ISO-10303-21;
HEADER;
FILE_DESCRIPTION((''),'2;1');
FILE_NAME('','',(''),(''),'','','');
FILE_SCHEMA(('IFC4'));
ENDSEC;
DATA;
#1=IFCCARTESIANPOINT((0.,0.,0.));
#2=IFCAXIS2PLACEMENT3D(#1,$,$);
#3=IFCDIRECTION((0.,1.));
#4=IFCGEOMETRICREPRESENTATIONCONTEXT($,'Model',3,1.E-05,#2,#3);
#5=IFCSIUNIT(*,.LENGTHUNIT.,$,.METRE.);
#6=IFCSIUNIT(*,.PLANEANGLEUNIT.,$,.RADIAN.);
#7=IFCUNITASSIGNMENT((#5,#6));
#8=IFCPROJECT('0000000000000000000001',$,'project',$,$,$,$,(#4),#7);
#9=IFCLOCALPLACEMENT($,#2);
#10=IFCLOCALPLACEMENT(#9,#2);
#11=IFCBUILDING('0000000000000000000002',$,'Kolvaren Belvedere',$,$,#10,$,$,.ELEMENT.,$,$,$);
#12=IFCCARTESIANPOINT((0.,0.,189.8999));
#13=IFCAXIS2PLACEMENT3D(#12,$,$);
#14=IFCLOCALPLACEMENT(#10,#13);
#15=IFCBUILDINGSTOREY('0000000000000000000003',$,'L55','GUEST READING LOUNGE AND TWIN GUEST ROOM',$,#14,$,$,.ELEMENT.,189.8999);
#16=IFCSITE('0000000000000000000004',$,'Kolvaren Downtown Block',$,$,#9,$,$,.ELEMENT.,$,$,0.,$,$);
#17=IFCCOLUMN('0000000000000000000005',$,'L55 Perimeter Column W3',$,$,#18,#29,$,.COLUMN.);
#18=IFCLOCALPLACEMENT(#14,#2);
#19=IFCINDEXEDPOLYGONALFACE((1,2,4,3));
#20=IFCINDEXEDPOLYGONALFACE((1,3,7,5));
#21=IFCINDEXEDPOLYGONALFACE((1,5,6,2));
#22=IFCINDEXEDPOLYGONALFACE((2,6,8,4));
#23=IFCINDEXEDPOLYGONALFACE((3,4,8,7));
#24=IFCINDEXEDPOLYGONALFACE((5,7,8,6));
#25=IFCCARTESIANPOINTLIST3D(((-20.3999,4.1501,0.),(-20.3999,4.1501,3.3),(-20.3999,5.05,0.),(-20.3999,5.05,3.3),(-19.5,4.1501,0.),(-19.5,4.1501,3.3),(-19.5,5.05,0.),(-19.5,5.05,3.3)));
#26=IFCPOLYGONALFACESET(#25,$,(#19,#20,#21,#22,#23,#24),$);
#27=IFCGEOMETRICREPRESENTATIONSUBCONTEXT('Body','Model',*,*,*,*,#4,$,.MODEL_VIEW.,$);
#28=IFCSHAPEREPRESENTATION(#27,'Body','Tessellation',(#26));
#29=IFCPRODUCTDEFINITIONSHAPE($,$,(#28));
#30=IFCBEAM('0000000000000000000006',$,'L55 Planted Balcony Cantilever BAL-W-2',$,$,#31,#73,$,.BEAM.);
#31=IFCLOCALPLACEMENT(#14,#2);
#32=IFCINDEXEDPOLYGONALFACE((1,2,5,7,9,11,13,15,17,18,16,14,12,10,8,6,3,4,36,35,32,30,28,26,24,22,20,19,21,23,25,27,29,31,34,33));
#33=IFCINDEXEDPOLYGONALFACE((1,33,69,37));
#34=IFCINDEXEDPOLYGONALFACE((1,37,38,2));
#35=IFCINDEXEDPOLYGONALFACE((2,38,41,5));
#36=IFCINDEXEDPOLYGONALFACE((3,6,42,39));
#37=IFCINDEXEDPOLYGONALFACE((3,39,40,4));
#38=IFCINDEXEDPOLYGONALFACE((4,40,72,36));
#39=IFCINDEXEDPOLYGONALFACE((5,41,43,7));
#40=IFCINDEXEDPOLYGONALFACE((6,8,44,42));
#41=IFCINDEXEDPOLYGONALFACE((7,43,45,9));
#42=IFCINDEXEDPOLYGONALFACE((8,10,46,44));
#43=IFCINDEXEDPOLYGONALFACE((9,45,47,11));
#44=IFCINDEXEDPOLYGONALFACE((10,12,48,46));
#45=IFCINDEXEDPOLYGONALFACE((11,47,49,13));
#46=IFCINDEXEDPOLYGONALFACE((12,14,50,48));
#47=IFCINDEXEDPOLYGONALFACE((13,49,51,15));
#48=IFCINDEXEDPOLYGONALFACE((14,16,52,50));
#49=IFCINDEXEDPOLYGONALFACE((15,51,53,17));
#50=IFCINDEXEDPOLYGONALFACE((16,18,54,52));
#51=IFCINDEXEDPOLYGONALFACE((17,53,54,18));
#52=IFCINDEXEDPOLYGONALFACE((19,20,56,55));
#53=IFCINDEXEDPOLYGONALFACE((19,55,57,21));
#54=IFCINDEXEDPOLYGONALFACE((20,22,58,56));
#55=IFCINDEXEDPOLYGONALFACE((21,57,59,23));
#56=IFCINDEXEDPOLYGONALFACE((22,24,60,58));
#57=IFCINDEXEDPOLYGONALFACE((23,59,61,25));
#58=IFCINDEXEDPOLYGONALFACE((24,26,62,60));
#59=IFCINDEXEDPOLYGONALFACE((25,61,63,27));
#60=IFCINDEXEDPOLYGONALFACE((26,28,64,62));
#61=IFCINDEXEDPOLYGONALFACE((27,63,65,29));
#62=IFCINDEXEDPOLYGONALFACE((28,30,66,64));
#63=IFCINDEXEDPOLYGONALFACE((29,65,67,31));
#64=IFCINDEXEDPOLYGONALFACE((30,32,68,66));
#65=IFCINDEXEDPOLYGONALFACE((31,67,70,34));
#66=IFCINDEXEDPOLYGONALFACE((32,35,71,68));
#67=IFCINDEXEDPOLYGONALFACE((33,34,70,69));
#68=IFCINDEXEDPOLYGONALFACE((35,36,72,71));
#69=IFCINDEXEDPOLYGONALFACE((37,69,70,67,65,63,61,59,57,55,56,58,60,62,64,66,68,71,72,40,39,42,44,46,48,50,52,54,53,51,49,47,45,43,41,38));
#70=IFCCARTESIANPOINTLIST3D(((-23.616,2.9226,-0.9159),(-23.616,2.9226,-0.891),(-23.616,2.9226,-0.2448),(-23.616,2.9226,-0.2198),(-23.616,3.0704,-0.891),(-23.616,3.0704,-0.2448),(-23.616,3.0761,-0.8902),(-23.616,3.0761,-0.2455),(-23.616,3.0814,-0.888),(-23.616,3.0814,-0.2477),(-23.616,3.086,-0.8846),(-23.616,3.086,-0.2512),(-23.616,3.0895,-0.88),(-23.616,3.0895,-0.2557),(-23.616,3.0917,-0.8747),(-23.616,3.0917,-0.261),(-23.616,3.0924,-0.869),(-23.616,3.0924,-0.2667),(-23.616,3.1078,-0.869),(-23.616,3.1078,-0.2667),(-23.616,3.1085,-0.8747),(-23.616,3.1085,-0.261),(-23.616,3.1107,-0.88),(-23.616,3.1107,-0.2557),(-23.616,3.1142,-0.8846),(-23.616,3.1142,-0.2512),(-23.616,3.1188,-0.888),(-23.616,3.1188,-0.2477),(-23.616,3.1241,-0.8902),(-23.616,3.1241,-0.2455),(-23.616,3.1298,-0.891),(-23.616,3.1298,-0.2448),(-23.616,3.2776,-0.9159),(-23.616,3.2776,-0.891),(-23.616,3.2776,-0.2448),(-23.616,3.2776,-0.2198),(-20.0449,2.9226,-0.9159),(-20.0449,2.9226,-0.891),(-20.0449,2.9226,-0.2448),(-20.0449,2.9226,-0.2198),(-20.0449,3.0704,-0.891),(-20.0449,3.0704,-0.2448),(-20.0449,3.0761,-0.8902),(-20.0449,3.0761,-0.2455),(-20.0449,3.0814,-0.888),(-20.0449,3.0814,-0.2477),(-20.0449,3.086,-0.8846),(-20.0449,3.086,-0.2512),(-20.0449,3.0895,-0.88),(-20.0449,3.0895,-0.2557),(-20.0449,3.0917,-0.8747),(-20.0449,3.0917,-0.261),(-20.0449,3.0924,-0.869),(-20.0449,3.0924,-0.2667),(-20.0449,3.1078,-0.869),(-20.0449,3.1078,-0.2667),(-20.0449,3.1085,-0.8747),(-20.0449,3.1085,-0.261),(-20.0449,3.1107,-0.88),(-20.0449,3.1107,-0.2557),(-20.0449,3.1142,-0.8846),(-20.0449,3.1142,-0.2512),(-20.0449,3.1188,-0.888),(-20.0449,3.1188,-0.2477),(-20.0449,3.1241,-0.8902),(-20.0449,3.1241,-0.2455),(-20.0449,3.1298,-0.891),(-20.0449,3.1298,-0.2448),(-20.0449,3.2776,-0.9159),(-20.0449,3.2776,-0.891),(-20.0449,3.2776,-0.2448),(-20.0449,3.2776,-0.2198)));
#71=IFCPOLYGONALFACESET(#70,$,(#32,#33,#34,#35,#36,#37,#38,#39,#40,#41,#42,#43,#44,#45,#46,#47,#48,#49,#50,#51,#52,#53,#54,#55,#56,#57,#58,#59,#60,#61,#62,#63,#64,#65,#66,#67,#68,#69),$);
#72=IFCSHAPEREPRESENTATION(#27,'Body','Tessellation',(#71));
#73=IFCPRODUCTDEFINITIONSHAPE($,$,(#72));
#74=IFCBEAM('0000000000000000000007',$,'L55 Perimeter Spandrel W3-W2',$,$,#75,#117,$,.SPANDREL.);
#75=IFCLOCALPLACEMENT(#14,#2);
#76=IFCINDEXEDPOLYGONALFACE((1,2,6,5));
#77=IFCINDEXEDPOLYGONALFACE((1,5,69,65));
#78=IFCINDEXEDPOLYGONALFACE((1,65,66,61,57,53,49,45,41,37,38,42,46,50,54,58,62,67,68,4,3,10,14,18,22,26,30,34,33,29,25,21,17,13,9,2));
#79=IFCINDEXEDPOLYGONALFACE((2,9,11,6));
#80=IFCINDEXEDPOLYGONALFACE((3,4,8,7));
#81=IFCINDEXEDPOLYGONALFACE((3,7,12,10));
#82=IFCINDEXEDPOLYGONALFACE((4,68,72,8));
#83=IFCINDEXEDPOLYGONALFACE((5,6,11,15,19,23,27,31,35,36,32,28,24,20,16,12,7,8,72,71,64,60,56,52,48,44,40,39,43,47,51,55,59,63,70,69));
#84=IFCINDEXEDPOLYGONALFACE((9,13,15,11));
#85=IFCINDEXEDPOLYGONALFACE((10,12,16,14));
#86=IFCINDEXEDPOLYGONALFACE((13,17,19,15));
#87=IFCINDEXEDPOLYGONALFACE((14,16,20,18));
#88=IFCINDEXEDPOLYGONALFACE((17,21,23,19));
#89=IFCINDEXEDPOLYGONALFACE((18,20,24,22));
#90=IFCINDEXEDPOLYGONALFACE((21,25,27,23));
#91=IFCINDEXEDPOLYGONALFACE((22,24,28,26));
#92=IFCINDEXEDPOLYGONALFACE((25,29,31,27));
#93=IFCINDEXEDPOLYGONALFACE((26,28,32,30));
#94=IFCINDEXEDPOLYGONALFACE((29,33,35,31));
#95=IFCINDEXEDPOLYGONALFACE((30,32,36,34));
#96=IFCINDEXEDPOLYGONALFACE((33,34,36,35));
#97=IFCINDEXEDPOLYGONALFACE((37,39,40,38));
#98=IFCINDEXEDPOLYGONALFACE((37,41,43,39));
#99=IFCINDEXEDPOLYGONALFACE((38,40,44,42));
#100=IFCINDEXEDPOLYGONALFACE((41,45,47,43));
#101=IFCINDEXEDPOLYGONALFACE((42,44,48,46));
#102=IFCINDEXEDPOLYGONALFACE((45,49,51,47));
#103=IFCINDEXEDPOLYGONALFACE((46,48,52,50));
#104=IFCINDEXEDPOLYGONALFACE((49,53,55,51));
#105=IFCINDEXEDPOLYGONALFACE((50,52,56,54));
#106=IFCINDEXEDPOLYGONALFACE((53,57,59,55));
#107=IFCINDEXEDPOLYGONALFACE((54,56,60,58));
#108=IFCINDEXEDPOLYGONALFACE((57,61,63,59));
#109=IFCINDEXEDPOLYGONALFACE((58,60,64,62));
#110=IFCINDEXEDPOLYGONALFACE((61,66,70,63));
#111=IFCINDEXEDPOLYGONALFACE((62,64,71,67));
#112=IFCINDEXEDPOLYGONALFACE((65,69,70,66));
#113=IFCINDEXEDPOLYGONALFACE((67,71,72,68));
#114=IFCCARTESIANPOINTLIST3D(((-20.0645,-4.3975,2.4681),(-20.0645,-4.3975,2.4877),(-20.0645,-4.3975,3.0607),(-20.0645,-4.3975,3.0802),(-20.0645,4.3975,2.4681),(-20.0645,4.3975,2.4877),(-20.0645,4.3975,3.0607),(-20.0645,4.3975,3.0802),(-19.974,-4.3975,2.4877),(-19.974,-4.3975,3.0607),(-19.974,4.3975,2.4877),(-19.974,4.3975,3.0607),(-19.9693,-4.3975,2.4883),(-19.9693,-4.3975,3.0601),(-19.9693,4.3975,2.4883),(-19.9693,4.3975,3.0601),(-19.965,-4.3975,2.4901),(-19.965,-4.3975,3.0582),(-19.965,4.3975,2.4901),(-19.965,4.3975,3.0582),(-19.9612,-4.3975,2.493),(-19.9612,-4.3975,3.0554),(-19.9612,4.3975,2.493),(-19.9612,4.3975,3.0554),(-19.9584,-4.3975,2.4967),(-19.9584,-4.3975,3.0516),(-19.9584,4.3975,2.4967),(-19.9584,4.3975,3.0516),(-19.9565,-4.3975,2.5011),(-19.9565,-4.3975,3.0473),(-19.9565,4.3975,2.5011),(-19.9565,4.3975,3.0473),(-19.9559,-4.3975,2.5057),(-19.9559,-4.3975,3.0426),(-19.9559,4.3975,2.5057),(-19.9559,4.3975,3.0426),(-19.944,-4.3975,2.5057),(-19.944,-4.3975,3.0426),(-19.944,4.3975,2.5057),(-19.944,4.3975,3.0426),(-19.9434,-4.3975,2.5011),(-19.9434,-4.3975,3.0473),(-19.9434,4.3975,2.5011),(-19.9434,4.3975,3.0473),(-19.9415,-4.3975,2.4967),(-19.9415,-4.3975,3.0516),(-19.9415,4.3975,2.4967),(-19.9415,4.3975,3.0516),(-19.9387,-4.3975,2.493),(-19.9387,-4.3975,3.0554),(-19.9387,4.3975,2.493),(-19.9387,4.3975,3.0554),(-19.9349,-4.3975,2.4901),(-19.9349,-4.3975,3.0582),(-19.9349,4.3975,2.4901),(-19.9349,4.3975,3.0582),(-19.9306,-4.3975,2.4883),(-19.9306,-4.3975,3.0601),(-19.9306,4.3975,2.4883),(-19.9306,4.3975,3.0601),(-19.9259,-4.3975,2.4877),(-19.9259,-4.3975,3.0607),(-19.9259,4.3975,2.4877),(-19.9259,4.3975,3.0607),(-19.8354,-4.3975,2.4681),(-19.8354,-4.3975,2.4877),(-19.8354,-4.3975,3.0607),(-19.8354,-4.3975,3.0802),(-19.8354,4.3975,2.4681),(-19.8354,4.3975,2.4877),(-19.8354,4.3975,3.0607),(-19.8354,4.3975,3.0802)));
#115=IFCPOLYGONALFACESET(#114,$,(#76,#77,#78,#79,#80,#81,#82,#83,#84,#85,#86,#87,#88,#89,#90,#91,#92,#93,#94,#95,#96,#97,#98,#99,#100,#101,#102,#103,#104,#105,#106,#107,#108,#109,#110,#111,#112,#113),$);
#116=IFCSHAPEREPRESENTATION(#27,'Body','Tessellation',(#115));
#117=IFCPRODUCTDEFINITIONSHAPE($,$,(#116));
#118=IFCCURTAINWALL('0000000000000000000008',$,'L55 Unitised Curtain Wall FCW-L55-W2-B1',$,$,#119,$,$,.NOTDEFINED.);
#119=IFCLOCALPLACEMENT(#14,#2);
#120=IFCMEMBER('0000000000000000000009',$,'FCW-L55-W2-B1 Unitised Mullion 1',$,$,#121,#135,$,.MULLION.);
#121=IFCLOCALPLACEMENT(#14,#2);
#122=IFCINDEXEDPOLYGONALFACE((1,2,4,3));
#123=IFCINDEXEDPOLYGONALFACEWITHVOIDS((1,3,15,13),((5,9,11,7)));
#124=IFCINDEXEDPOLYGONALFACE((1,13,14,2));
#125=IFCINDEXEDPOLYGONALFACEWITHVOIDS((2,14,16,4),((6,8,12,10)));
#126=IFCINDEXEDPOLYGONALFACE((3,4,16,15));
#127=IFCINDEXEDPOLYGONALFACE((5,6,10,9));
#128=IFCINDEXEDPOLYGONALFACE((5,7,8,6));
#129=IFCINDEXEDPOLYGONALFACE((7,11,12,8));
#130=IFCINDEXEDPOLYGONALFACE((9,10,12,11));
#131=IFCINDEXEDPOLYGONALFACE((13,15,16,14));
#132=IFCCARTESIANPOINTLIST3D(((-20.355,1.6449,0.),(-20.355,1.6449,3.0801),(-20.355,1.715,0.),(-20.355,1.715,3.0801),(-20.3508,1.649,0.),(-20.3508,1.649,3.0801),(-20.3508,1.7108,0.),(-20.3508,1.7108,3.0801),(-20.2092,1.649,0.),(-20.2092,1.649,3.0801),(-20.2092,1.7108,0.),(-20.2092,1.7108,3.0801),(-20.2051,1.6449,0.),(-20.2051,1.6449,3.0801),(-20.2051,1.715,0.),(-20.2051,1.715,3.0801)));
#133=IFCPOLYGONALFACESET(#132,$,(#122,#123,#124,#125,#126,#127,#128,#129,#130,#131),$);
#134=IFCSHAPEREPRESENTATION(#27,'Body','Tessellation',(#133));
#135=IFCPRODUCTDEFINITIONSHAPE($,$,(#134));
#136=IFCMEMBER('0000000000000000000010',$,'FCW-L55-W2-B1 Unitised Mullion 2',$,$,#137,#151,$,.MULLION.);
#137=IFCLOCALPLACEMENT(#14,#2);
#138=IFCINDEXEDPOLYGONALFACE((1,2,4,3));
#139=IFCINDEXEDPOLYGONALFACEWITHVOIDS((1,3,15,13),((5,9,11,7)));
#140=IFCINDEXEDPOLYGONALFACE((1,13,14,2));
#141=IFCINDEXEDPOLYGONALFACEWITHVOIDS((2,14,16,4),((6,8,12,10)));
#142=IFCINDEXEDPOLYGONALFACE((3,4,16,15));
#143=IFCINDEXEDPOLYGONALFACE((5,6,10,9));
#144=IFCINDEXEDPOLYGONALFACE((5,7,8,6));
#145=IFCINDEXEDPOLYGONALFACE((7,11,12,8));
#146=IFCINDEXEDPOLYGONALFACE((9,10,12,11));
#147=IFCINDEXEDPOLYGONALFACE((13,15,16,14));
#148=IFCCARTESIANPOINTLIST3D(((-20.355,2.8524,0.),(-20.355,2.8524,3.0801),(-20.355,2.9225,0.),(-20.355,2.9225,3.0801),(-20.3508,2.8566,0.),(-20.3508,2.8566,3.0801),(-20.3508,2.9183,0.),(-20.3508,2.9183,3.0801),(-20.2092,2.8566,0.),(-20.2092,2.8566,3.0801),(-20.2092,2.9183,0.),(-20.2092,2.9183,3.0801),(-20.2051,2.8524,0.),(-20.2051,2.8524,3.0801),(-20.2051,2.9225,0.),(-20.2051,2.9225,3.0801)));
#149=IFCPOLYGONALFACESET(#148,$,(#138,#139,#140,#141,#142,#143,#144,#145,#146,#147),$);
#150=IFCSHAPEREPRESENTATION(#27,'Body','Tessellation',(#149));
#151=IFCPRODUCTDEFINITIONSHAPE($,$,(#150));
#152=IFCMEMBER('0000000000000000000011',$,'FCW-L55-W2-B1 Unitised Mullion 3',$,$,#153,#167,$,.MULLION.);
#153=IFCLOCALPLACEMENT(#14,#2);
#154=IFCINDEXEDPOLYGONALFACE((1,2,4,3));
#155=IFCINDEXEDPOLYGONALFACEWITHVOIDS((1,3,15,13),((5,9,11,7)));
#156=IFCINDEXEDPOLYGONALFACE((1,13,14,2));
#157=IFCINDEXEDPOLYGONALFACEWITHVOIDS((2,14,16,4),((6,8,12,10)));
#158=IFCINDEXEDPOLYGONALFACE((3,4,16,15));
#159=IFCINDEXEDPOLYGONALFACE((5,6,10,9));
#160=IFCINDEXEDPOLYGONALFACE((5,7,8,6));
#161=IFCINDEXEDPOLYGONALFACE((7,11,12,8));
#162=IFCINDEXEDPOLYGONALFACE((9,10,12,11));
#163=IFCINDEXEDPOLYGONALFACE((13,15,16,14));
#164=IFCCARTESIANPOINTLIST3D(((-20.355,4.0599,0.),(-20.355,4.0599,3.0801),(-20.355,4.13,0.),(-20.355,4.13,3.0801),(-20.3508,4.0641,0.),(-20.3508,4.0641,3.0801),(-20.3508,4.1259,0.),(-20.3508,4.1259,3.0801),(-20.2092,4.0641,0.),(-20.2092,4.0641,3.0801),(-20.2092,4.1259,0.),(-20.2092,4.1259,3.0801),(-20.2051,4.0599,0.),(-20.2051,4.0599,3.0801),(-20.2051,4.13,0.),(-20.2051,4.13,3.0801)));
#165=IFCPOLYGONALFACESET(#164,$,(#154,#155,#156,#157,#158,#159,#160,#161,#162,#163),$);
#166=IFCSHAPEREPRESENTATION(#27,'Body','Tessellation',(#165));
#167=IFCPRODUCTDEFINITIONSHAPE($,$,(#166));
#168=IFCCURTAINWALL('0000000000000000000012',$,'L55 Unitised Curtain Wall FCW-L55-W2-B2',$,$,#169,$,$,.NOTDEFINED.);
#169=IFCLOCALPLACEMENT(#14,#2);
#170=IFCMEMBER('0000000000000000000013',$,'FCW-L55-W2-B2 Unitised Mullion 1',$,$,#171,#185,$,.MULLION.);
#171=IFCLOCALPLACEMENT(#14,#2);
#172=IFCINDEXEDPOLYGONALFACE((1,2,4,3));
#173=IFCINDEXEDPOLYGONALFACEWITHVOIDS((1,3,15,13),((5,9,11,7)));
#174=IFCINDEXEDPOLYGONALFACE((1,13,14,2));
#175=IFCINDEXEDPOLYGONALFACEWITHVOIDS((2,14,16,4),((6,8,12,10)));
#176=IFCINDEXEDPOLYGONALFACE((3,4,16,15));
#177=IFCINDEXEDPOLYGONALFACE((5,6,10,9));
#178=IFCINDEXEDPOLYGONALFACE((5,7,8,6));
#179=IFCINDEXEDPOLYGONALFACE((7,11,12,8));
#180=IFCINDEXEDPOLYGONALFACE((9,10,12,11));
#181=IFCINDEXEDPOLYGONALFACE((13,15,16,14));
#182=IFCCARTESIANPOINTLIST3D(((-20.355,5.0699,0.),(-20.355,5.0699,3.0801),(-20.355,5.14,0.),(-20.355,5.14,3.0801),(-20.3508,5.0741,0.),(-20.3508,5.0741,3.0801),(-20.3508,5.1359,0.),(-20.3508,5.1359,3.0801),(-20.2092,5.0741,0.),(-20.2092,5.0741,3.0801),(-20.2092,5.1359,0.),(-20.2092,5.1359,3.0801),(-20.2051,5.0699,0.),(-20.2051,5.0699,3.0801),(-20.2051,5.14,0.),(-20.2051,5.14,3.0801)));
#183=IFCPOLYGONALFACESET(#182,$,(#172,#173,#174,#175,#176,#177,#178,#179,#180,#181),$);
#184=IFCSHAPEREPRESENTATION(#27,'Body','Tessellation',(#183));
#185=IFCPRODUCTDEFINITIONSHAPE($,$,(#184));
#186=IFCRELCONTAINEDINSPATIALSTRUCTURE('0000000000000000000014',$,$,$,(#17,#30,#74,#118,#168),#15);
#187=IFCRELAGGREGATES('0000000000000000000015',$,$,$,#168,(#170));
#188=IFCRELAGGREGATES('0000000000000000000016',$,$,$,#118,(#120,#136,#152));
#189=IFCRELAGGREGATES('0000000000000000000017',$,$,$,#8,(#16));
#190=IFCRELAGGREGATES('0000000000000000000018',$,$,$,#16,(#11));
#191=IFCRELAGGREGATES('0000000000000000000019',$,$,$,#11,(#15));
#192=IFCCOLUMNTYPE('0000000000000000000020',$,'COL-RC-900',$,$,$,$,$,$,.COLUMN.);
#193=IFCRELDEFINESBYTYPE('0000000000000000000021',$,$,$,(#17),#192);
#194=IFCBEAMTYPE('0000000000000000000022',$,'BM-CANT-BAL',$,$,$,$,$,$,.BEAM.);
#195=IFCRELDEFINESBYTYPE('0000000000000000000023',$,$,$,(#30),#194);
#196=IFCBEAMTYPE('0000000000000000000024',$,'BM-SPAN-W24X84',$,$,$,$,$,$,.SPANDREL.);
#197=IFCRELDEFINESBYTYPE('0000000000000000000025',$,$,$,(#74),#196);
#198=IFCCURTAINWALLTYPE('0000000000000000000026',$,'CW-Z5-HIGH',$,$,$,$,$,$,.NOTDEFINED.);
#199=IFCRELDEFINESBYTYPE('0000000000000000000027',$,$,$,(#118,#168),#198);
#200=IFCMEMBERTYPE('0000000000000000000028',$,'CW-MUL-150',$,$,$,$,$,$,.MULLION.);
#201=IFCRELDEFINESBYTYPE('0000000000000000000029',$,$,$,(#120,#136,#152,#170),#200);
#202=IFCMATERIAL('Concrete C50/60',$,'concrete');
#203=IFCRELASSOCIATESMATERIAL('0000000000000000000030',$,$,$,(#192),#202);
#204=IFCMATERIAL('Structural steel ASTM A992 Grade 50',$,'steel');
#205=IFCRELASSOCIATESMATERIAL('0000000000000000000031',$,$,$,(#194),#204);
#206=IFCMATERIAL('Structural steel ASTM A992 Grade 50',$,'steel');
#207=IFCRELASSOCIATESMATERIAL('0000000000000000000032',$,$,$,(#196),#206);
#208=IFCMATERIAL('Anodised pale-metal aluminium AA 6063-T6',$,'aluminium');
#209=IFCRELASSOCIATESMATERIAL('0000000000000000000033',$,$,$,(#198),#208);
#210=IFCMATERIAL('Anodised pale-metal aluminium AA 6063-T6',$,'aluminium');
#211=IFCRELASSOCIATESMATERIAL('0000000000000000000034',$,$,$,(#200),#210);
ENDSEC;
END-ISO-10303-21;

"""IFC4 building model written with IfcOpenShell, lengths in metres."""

from ifc_helpers import new_model, si_unit, direction, frame, origin, origin_2d, place, context, subcontext, project, spatial, rectangle, hollow_rectangle, i_section, extrude, material, material_profile, profile_set, type_object, element, aggregate, save


model = new_model("IFC4")

# Units and contexts
model_context = context("Model", 3, precision=1e-05, world=origin(), true_north=direction((0.0, 1.0)))
body_context = subcontext(model_context, "Body", "Model", "MODEL_VIEW")
ifc_project = project(units=[si_unit("LENGTHUNIT", "METRE"), si_unit("PLANEANGLEUNIT", "RADIAN")], contexts=[model_context])

# Site, building, storey
site_placement = place(None, origin())
site = spatial("IfcSite", under=ifc_project, at=site_placement, Name="Kolvaren Downtown Block", CompositionType="ELEMENT", RefElevation=0.0)
building_placement = place(site_placement, origin())
building = spatial("IfcBuilding", under=site, at=building_placement, Name="Kolvaren Belvedere", CompositionType="ELEMENT")
storey_placement = place(building_placement, frame((0.0, 0.0, 189.8999)))
storey = spatial("IfcBuildingStorey", under=building, at=storey_placement, Name="L55", Description="GUEST READING LOUNGE AND TWIN GUEST ROOM", CompositionType="ELEMENT", Elevation=189.8999)

# Column
ifc_material_1 = material(Name="Concrete C50/60", Category="concrete")
ifc_material_profile_1 = material_profile(ifc_material_1, rectangle(XDim=0.8999, YDim=0.8999, at=origin_2d()), Name="RC 900X900")
ifc_profile_set_1 = profile_set([ifc_material_profile_1], Name="Concrete C50/60")
column_type = type_object("IfcColumnType", Name="COL-RC-900", PredefinedType="COLUMN", material=ifc_profile_set_1)
column_placement = place(storey_placement, frame((-19.95, 4.6001, 0.0), z_axis=(0.0, 0.0, 1.0), x_axis=(1.0, 0.0, 0.0)))
element("IfcColumn", 1, at=column_placement, inside=storey, type_object=column_type, Name="L55 Perimeter Column W3", PredefinedType="COLUMN", context=body_context, shape_type="SweptSolid", body=[
    extrude(rectangle(XDim=0.8999, YDim=0.8999, at=origin_2d()), origin(), (0.0, 0.0, 1.0), 3.3),
])

# Beams
ifc_material_2 = material(Name="Structural steel ASTM A992 Grade 50", Category="steel")
ifc_material_profile_2 = material_profile(ifc_material_2, i_section(OverallWidth=0.355, OverallDepth=0.696, WebThickness=0.0154, FlangeThickness=0.0249, FilletRadius=0.022, at=origin_2d()), Name="W27X146")
ifc_profile_set_2 = profile_set([ifc_material_profile_2], Name="Structural steel ASTM A992 Grade 50")
beam_type_1 = type_object("IfcBeamType", Name="BM-CANT-BAL", PredefinedType="BEAM", material=ifc_profile_set_2)
beam_1_placement = place(storey_placement, frame((-20.0449, 3.1001, -0.5679), z_axis=(-1.0, 0.0, 0.0), x_axis=(0.0, -1.0, 0.0)))
element("IfcBeam", 2, at=beam_1_placement, inside=storey, type_object=beam_type_1, Name="L55 Planted Balcony Cantilever BAL-W-2", PredefinedType="BEAM", context=body_context, shape_type="SweptSolid", body=[
    extrude(i_section(OverallWidth=0.355, OverallDepth=0.696, WebThickness=0.0154, FlangeThickness=0.0249, FilletRadius=0.022, at=origin_2d()), origin(), (0.0, 0.0, 1.0), 3.571),
])
ifc_material_3 = material(Name="Structural steel ASTM A992 Grade 50", Category="steel")
ifc_material_profile_3 = material_profile(ifc_material_3, i_section(OverallWidth=0.229, OverallDepth=0.6121, WebThickness=0.012, FlangeThickness=0.0195, FilletRadius=0.0181, at=origin_2d()), Name="W24X84")
ifc_profile_set_3 = profile_set([ifc_material_profile_3], Name="Structural steel ASTM A992 Grade 50")
beam_type_2 = type_object("IfcBeamType", Name="BM-SPAN-W24X84", PredefinedType="SPANDREL", material=ifc_profile_set_3)
beam_2_placement = place(storey_placement, frame((-19.95, 4.3975, 2.7742), z_axis=(0.0, -1.0, 0.0), x_axis=(1.0, 0.0, 0.0)))
element("IfcBeam", 3, at=beam_2_placement, inside=storey, type_object=beam_type_2, Name="L55 Perimeter Spandrel W3-W2", PredefinedType="SPANDREL", context=body_context, shape_type="SweptSolid", body=[
    extrude(i_section(OverallWidth=0.229, OverallDepth=0.6121, WebThickness=0.012, FlangeThickness=0.0195, FilletRadius=0.0181, at=origin_2d()), origin(), (0.0, 0.0, 1.0), 8.7949),
])

# Curtain wall, members
ifc_material_4 = material(Name="Anodised pale-metal aluminium AA 6063-T6", Category="aluminium")
curtain_wall_type = type_object("IfcCurtainWallType", Name="CW-Z5-HIGH", PredefinedType="NOTDEFINED", material=ifc_material_4)
curtain_wall_1_placement = place(storey_placement, origin())
curtain_wall_1 = element("IfcCurtainWall", 4, at=curtain_wall_1_placement, inside=storey, type_object=curtain_wall_type, Name="L55 Unitised Curtain Wall FCW-L55-W2-B1", PredefinedType="NOTDEFINED")
ifc_material_5 = material(Name="Anodised pale-metal aluminium AA 6063-T6", Category="aluminium")
ifc_material_profile_4 = material_profile(ifc_material_5, hollow_rectangle(XDim=0.0701, YDim=0.1499, WallThickness=0.0042, at=origin_2d()), Name="ALU-MUL-150X70")
ifc_profile_set_4 = profile_set([ifc_material_profile_4], Name="Anodised pale-metal aluminium AA 6063-T6")
member_type_1 = type_object("IfcMemberType", Name="CW-MUL-150", PredefinedType="MULLION", material=ifc_profile_set_4)
member_1_placement = place(storey_placement, frame((-20.28, 1.6799, 0.0), z_axis=(0.0, 0.0, 1.0), x_axis=(0.0, 1.0, 0.0)))
member_1 = element("IfcMember", 5, at=member_1_placement, type_object=member_type_1, Name="FCW-L55-W2-B1 Unitised Mullion 1", PredefinedType="MULLION", context=body_context, shape_type="SweptSolid", body=[
    extrude(hollow_rectangle(XDim=0.0701, YDim=0.1499, WallThickness=0.0042, at=origin_2d()), origin(), (0.0, 0.0, 1.0), 3.0801),
])
member_2_placement = place(storey_placement, frame((-20.28, 2.8875, 0.0), z_axis=(0.0, 0.0, 1.0), x_axis=(0.0, 1.0, 0.0)))
member_2 = element("IfcMember", 6, at=member_2_placement, type_object=member_type_1, Name="FCW-L55-W2-B1 Unitised Mullion 2", PredefinedType="MULLION", context=body_context, shape_type="SweptSolid", body=[
    extrude(hollow_rectangle(XDim=0.0701, YDim=0.1499, WallThickness=0.0042, at=origin_2d()), origin(), (0.0, 0.0, 1.0), 3.0801),
])
member_3_placement = place(storey_placement, frame((-20.28, 4.095, 0.0), z_axis=(0.0, 0.0, 1.0), x_axis=(0.0, 1.0, 0.0)))
member_3 = element("IfcMember", 7, at=member_3_placement, type_object=member_type_1, Name="FCW-L55-W2-B1 Unitised Mullion 3", PredefinedType="MULLION", context=body_context, shape_type="SweptSolid", body=[
    extrude(hollow_rectangle(XDim=0.0701, YDim=0.1499, WallThickness=0.0042, at=origin_2d()), origin(), (0.0, 0.0, 1.0), 3.0801),
])

# Curtain wall, member
curtain_wall_2_placement = place(storey_placement, origin())
curtain_wall_2 = element("IfcCurtainWall", 8, at=curtain_wall_2_placement, inside=storey, type_object=curtain_wall_type, Name="L55 Unitised Curtain Wall FCW-L55-W2-B2", PredefinedType="NOTDEFINED")
member_4_placement = place(storey_placement, frame((-20.28, 5.105, 0.0), z_axis=(0.0, 0.0, 1.0), x_axis=(0.0, 1.0, 0.0)))
member_4 = element("IfcMember", 9, at=member_4_placement, type_object=member_type_1, Name="FCW-L55-W2-B2 Unitised Mullion 1", PredefinedType="MULLION", context=body_context, shape_type="SweptSolid", body=[
    extrude(hollow_rectangle(XDim=0.0701, YDim=0.1499, WallThickness=0.0042, at=origin_2d()), origin(), (0.0, 0.0, 1.0), 3.0801),
])
aggregate(curtain_wall_2, [member_4])

aggregate(curtain_wall_1, [member_1, member_2, member_3])

save(model, "model.ifc")
